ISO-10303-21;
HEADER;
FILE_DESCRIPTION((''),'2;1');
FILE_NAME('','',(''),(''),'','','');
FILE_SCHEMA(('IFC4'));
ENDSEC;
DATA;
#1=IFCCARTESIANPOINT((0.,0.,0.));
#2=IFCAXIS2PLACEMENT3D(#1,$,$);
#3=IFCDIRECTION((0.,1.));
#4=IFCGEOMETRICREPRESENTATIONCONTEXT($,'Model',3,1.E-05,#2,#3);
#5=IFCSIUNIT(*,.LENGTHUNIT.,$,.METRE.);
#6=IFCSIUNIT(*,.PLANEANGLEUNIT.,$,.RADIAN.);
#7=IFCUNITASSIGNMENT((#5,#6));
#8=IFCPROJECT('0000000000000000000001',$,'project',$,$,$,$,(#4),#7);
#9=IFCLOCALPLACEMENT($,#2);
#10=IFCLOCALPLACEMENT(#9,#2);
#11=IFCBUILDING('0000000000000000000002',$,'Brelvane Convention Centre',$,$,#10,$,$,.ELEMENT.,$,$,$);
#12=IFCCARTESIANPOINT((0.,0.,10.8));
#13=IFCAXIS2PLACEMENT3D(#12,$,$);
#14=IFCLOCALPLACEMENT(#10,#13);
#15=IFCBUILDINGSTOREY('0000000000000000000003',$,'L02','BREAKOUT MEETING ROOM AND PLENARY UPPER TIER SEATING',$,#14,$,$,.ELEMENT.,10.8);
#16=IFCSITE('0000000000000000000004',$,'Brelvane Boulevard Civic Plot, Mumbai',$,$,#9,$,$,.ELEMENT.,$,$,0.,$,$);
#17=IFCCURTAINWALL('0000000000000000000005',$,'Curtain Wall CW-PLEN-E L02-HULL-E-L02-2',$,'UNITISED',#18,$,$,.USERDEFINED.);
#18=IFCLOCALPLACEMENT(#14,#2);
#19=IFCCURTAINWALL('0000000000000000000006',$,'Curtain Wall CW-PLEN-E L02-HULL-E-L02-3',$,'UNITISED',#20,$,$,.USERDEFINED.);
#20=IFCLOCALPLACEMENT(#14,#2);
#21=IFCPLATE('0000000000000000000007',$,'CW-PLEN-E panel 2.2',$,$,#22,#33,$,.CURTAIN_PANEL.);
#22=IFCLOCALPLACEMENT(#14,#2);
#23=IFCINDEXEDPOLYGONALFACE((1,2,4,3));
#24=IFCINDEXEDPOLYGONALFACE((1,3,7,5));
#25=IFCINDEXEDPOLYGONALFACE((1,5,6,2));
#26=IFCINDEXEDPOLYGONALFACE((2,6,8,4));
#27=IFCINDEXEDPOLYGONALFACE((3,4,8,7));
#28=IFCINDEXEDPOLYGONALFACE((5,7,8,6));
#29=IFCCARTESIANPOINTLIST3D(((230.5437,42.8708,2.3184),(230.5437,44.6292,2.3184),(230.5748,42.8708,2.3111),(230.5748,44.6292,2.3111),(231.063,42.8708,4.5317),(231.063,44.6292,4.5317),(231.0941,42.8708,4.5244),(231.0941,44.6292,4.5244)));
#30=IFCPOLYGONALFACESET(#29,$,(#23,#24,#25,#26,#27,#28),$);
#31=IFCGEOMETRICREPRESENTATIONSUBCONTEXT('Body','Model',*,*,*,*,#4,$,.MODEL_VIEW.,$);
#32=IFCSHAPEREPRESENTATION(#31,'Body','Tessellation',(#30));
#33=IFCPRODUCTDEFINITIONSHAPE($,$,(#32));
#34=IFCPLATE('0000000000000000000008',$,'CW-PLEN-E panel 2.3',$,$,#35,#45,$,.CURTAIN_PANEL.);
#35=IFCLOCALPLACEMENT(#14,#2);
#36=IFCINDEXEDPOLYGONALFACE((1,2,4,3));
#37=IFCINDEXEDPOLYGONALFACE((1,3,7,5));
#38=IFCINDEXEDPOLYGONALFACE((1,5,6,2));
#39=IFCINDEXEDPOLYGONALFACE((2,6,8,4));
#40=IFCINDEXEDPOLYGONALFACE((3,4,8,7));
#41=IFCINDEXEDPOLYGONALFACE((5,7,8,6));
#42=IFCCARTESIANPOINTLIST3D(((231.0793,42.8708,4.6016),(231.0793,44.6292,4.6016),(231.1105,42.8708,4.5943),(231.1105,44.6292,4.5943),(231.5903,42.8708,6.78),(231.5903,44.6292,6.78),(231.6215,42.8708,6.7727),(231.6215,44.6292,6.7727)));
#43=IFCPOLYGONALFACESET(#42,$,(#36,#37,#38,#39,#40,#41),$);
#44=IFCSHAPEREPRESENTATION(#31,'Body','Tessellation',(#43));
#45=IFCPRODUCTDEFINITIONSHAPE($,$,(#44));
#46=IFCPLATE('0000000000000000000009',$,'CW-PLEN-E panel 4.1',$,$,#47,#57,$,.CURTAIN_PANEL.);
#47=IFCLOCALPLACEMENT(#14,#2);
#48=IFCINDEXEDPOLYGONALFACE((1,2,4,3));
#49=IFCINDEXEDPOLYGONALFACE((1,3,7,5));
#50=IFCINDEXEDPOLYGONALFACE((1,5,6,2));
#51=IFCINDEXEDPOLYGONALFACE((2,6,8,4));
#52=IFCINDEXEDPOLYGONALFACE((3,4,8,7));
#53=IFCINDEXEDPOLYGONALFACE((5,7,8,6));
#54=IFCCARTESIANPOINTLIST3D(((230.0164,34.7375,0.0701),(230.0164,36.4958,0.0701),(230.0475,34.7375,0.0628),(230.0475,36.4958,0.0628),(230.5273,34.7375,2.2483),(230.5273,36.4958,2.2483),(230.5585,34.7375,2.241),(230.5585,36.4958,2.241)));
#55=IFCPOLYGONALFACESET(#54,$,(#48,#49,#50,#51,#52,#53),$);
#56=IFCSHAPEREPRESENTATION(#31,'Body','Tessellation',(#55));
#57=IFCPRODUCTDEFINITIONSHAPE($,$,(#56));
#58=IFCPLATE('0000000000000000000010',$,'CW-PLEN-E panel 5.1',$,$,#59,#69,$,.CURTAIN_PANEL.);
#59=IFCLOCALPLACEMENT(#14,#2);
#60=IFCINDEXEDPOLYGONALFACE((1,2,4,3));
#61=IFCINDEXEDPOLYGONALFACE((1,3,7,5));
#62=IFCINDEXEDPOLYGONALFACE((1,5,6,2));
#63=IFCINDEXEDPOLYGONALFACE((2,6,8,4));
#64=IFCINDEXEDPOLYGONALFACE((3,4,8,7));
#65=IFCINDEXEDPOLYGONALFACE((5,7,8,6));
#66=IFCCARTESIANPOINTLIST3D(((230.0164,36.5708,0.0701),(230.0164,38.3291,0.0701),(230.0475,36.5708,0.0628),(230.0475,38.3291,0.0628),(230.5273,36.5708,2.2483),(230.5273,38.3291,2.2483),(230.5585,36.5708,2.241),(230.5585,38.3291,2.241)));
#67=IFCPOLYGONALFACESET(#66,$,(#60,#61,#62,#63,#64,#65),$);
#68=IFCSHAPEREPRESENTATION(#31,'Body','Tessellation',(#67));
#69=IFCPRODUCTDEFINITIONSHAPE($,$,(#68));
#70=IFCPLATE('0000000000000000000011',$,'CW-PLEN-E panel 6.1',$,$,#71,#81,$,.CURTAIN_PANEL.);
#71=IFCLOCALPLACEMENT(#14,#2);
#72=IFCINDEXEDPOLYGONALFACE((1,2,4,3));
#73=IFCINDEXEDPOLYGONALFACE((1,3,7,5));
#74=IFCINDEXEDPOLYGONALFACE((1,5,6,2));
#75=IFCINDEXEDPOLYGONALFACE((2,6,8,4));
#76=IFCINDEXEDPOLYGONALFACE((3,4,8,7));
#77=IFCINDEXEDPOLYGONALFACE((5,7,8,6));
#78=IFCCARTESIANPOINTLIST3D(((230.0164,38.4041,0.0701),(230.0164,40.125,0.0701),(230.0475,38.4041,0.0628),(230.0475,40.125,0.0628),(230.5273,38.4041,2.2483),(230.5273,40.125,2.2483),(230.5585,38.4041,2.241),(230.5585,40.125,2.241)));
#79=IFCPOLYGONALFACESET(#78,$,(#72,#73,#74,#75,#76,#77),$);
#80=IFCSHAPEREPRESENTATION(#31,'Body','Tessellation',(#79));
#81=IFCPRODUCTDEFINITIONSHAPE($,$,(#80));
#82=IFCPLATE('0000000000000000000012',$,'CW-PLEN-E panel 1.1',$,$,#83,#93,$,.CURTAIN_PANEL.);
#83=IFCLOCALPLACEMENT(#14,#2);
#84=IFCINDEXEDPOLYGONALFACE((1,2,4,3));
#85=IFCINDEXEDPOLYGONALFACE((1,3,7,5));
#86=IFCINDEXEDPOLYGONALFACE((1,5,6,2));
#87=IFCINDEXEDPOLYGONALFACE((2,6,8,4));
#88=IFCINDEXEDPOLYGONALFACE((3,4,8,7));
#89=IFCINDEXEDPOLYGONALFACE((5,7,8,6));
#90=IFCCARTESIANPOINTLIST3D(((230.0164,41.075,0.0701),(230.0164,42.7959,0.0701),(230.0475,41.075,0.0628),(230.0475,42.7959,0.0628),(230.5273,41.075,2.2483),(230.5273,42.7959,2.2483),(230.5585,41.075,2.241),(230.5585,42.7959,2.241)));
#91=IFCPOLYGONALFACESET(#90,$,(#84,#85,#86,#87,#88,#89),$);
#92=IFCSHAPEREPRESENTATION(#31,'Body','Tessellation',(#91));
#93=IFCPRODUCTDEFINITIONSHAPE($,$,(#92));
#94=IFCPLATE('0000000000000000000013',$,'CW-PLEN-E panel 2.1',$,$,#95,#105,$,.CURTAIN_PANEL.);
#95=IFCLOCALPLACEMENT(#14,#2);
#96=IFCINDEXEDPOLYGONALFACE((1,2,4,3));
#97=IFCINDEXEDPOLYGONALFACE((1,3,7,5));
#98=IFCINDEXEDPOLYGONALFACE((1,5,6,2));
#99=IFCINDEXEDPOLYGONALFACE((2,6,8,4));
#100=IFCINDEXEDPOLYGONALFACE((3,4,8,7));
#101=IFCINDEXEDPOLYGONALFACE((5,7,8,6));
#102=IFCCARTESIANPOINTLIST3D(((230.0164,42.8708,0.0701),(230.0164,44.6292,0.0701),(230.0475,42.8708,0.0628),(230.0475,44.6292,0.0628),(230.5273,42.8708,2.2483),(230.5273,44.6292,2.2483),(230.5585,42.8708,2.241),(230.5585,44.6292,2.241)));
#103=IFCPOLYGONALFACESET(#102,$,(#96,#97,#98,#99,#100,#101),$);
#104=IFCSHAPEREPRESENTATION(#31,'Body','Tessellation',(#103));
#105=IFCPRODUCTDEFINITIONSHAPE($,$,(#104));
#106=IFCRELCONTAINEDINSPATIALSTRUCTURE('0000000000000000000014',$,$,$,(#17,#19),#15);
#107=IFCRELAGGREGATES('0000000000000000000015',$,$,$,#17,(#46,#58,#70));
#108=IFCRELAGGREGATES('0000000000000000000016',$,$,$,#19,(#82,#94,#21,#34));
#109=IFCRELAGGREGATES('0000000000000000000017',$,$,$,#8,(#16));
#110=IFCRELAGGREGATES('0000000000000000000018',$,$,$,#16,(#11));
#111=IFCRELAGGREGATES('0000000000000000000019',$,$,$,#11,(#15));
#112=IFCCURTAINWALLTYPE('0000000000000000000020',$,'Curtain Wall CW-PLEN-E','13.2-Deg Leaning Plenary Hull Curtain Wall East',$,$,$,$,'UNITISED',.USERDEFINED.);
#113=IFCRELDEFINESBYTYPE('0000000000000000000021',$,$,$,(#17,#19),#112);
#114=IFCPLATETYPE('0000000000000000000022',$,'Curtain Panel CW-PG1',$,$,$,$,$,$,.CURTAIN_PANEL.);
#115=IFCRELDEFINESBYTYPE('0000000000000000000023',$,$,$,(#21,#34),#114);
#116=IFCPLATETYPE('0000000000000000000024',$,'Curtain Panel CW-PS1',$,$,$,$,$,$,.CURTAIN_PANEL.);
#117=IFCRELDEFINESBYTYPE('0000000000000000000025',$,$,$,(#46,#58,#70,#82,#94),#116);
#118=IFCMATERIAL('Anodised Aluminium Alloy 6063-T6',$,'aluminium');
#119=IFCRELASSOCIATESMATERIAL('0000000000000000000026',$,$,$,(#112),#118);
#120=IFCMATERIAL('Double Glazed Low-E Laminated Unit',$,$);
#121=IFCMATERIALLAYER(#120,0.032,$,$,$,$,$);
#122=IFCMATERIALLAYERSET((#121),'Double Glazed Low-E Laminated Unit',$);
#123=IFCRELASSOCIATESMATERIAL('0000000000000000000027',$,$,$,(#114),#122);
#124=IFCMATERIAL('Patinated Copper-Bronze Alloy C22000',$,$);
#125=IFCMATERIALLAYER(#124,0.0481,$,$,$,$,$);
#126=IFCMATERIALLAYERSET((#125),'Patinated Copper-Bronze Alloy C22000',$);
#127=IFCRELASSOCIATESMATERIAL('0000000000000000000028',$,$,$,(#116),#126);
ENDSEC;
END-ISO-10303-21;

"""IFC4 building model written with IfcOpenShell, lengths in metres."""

from ifc_helpers import new_model, si_unit, direction, frame, origin, place, context, subcontext, project, spatial, polyline, outline, extrude, material, layer, layer_set, type_object, element, aggregate, save


model = new_model("IFC4")

# Units and contexts
model_context = context("Model", 3, precision=1e-05, world=origin(), true_north=direction((0.0, 1.0)))
body_context = subcontext(model_context, "Body", "Model", "MODEL_VIEW")
ifc_project = project(units=[si_unit("LENGTHUNIT", "METRE"), si_unit("PLANEANGLEUNIT", "RADIAN")], contexts=[model_context])

# Site, building, storey
site_placement = place(None, origin())
site = spatial("IfcSite", under=ifc_project, at=site_placement, Name="Brelvane Boulevard Civic Plot, Mumbai", CompositionType="ELEMENT", RefElevation=0.0)
building_placement = place(site_placement, origin())
building = spatial("IfcBuilding", under=site, at=building_placement, Name="Brelvane Convention Centre", CompositionType="ELEMENT")
storey_placement = place(building_placement, frame((0.0, 0.0, 10.8)))
storey = spatial("IfcBuildingStorey", under=building, at=storey_placement, Name="L02", Description="BREAKOUT MEETING ROOM AND PLENARY UPPER TIER SEATING", CompositionType="ELEMENT", Elevation=10.8)

# Curtain walls
ifc_material_1 = material(Name="Anodised Aluminium Alloy 6063-T6", Category="aluminium")
curtain_wall_type = type_object("IfcCurtainWallType", Name="Curtain Wall CW-PLEN-E", Description="13.2-Deg Leaning Plenary Hull Curtain Wall East", ElementType="UNITISED", PredefinedType="USERDEFINED", material=ifc_material_1)
curtain_wall_1_placement = place(storey_placement, origin())
curtain_wall_1 = element("IfcCurtainWall", 1, at=curtain_wall_1_placement, inside=storey, type_object=curtain_wall_type, Name="Curtain Wall CW-PLEN-E L02-HULL-E-L02-2", ObjectType="UNITISED", PredefinedType="USERDEFINED")
curtain_wall_2_placement = place(storey_placement, origin())
curtain_wall_2 = element("IfcCurtainWall", 2, at=curtain_wall_2_placement, inside=storey, type_object=curtain_wall_type, Name="Curtain Wall CW-PLEN-E L02-HULL-E-L02-3", ObjectType="UNITISED", PredefinedType="USERDEFINED")

# Plates
ifc_material_2 = material(Name="Double Glazed Low-E Laminated Unit")
ifc_layer_1 = layer(ifc_material_2, 0.032)
ifc_layer_set_1 = layer_set([ifc_layer_1], Name="Double Glazed Low-E Laminated Unit")
plate_type_1 = type_object("IfcPlateType", Name="Curtain Panel CW-PG1", PredefinedType="CURTAIN_PANEL", material=ifc_layer_set_1)
plate_1_placement = place(storey_placement, frame((230.5437, 42.8708, 2.3184), z_axis=(-0.973565, 0.0, 0.228411), x_axis=(0.0, 1.0, 0.0)))
plate_1 = element("IfcPlate", 3, at=plate_1_placement, type_object=plate_type_1, Name="CW-PLEN-E panel 2.2", PredefinedType="CURTAIN_PANEL", context=body_context, shape_type="SweptSolid", body=[
    extrude(outline(polyline([(0.0, 0.0), (1.7583, 0.0), (1.7583, -2.2735), (0.0, -2.2735), (0.0, 0.0)])), origin(), (0.0, 0.0, -1.0), 0.032),
])
plate_2_placement = place(storey_placement, frame((231.0793, 42.8708, 4.6016), z_axis=(-0.973576, 0.0, 0.228364), x_axis=(0.0, 1.0, 0.0)))
plate_2 = element("IfcPlate", 4, at=plate_2_placement, type_object=plate_type_1, Name="CW-PLEN-E panel 2.3", PredefinedType="CURTAIN_PANEL", context=body_context, shape_type="SweptSolid", body=[
    extrude(outline(polyline([(0.0, 0.0), (1.7583, 0.0), (1.7583, -2.2376), (0.0, -2.2376), (0.0, 0.0)])), origin(), (0.0, 0.0, -1.0), 0.032),
])
ifc_material_3 = material(Name="Patinated Copper-Bronze Alloy C22000")
ifc_layer_2 = layer(ifc_material_3, 0.0481)
ifc_layer_set_2 = layer_set([ifc_layer_2], Name="Patinated Copper-Bronze Alloy C22000")
plate_type_2 = type_object("IfcPlateType", Name="Curtain Panel CW-PS1", PredefinedType="CURTAIN_PANEL", material=ifc_layer_set_2)
plate_3_placement = place(storey_placement, frame((230.0164, 34.7375, 0.0701), z_axis=(-0.97357, 0.0, 0.228388), x_axis=(0.0, 1.0, 0.0)))
plate_3 = element("IfcPlate", 5, at=plate_3_placement, type_object=plate_type_2, Name="CW-PLEN-E panel 4.1", PredefinedType="CURTAIN_PANEL", context=body_context, shape_type="SweptSolid", body=[
    extrude(outline(polyline([(0.0, 0.0), (1.7583, 0.0), (1.7583, -2.2374), (0.0, -2.2374), (0.0, 0.0)])), origin(), (0.0, 0.0, -1.0), 0.032),
])
plate_4_placement = place(storey_placement, frame((230.0164, 36.5708, 0.0701), z_axis=(-0.97357, 0.0, 0.228388), x_axis=(0.0, 1.0, 0.0)))
plate_4 = element("IfcPlate", 6, at=plate_4_placement, type_object=plate_type_2, Name="CW-PLEN-E panel 5.1", PredefinedType="CURTAIN_PANEL", context=body_context, shape_type="SweptSolid", body=[
    extrude(outline(polyline([(0.0, 0.0), (1.7583, 0.0), (1.7583, -2.2374), (0.0, -2.2374), (0.0, 0.0)])), origin(), (0.0, 0.0, -1.0), 0.032),
])
plate_5_placement = place(storey_placement, frame((230.0164, 38.4041, 0.0701), z_axis=(-0.97357, 0.0, 0.228388), x_axis=(0.0, 1.0, 0.0)))
plate_5 = element("IfcPlate", 7, at=plate_5_placement, type_object=plate_type_2, Name="CW-PLEN-E panel 6.1", PredefinedType="CURTAIN_PANEL", context=body_context, shape_type="SweptSolid", body=[
    extrude(outline(polyline([(0.0, 0.0), (1.7209, 0.0), (1.7209, -2.2374), (0.0, -2.2374), (0.0, 0.0)])), origin(), (0.0, 0.0, -1.0), 0.032),
])
aggregate(curtain_wall_1, [plate_3, plate_4, plate_5])
plate_6_placement = place(storey_placement, frame((230.0164, 41.075, 0.0701), z_axis=(-0.97357, 0.0, 0.228388), x_axis=(0.0, 1.0, 0.0)))
plate_6 = element("IfcPlate", 8, at=plate_6_placement, type_object=plate_type_2, Name="CW-PLEN-E panel 1.1", PredefinedType="CURTAIN_PANEL", context=body_context, shape_type="SweptSolid", body=[
    extrude(outline(polyline([(0.0, 0.0), (1.7209, 0.0), (1.7209, -2.2374), (0.0, -2.2374), (0.0, 0.0)])), origin(), (0.0, 0.0, -1.0), 0.032),
])
plate_7_placement = place(storey_placement, frame((230.0164, 42.8708, 0.0701), z_axis=(-0.97357, 0.0, 0.228388), x_axis=(0.0, 1.0, 0.0)))
plate_7 = element("IfcPlate", 9, at=plate_7_placement, type_object=plate_type_2, Name="CW-PLEN-E panel 2.1", PredefinedType="CURTAIN_PANEL", context=body_context, shape_type="SweptSolid", body=[
    extrude(outline(polyline([(0.0, 0.0), (1.7583, 0.0), (1.7583, -2.2374), (0.0, -2.2374), (0.0, 0.0)])), origin(), (0.0, 0.0, -1.0), 0.032),
])
aggregate(curtain_wall_2, [plate_6, plate_7, plate_1, plate_2])

save(model, "model.ifc")
